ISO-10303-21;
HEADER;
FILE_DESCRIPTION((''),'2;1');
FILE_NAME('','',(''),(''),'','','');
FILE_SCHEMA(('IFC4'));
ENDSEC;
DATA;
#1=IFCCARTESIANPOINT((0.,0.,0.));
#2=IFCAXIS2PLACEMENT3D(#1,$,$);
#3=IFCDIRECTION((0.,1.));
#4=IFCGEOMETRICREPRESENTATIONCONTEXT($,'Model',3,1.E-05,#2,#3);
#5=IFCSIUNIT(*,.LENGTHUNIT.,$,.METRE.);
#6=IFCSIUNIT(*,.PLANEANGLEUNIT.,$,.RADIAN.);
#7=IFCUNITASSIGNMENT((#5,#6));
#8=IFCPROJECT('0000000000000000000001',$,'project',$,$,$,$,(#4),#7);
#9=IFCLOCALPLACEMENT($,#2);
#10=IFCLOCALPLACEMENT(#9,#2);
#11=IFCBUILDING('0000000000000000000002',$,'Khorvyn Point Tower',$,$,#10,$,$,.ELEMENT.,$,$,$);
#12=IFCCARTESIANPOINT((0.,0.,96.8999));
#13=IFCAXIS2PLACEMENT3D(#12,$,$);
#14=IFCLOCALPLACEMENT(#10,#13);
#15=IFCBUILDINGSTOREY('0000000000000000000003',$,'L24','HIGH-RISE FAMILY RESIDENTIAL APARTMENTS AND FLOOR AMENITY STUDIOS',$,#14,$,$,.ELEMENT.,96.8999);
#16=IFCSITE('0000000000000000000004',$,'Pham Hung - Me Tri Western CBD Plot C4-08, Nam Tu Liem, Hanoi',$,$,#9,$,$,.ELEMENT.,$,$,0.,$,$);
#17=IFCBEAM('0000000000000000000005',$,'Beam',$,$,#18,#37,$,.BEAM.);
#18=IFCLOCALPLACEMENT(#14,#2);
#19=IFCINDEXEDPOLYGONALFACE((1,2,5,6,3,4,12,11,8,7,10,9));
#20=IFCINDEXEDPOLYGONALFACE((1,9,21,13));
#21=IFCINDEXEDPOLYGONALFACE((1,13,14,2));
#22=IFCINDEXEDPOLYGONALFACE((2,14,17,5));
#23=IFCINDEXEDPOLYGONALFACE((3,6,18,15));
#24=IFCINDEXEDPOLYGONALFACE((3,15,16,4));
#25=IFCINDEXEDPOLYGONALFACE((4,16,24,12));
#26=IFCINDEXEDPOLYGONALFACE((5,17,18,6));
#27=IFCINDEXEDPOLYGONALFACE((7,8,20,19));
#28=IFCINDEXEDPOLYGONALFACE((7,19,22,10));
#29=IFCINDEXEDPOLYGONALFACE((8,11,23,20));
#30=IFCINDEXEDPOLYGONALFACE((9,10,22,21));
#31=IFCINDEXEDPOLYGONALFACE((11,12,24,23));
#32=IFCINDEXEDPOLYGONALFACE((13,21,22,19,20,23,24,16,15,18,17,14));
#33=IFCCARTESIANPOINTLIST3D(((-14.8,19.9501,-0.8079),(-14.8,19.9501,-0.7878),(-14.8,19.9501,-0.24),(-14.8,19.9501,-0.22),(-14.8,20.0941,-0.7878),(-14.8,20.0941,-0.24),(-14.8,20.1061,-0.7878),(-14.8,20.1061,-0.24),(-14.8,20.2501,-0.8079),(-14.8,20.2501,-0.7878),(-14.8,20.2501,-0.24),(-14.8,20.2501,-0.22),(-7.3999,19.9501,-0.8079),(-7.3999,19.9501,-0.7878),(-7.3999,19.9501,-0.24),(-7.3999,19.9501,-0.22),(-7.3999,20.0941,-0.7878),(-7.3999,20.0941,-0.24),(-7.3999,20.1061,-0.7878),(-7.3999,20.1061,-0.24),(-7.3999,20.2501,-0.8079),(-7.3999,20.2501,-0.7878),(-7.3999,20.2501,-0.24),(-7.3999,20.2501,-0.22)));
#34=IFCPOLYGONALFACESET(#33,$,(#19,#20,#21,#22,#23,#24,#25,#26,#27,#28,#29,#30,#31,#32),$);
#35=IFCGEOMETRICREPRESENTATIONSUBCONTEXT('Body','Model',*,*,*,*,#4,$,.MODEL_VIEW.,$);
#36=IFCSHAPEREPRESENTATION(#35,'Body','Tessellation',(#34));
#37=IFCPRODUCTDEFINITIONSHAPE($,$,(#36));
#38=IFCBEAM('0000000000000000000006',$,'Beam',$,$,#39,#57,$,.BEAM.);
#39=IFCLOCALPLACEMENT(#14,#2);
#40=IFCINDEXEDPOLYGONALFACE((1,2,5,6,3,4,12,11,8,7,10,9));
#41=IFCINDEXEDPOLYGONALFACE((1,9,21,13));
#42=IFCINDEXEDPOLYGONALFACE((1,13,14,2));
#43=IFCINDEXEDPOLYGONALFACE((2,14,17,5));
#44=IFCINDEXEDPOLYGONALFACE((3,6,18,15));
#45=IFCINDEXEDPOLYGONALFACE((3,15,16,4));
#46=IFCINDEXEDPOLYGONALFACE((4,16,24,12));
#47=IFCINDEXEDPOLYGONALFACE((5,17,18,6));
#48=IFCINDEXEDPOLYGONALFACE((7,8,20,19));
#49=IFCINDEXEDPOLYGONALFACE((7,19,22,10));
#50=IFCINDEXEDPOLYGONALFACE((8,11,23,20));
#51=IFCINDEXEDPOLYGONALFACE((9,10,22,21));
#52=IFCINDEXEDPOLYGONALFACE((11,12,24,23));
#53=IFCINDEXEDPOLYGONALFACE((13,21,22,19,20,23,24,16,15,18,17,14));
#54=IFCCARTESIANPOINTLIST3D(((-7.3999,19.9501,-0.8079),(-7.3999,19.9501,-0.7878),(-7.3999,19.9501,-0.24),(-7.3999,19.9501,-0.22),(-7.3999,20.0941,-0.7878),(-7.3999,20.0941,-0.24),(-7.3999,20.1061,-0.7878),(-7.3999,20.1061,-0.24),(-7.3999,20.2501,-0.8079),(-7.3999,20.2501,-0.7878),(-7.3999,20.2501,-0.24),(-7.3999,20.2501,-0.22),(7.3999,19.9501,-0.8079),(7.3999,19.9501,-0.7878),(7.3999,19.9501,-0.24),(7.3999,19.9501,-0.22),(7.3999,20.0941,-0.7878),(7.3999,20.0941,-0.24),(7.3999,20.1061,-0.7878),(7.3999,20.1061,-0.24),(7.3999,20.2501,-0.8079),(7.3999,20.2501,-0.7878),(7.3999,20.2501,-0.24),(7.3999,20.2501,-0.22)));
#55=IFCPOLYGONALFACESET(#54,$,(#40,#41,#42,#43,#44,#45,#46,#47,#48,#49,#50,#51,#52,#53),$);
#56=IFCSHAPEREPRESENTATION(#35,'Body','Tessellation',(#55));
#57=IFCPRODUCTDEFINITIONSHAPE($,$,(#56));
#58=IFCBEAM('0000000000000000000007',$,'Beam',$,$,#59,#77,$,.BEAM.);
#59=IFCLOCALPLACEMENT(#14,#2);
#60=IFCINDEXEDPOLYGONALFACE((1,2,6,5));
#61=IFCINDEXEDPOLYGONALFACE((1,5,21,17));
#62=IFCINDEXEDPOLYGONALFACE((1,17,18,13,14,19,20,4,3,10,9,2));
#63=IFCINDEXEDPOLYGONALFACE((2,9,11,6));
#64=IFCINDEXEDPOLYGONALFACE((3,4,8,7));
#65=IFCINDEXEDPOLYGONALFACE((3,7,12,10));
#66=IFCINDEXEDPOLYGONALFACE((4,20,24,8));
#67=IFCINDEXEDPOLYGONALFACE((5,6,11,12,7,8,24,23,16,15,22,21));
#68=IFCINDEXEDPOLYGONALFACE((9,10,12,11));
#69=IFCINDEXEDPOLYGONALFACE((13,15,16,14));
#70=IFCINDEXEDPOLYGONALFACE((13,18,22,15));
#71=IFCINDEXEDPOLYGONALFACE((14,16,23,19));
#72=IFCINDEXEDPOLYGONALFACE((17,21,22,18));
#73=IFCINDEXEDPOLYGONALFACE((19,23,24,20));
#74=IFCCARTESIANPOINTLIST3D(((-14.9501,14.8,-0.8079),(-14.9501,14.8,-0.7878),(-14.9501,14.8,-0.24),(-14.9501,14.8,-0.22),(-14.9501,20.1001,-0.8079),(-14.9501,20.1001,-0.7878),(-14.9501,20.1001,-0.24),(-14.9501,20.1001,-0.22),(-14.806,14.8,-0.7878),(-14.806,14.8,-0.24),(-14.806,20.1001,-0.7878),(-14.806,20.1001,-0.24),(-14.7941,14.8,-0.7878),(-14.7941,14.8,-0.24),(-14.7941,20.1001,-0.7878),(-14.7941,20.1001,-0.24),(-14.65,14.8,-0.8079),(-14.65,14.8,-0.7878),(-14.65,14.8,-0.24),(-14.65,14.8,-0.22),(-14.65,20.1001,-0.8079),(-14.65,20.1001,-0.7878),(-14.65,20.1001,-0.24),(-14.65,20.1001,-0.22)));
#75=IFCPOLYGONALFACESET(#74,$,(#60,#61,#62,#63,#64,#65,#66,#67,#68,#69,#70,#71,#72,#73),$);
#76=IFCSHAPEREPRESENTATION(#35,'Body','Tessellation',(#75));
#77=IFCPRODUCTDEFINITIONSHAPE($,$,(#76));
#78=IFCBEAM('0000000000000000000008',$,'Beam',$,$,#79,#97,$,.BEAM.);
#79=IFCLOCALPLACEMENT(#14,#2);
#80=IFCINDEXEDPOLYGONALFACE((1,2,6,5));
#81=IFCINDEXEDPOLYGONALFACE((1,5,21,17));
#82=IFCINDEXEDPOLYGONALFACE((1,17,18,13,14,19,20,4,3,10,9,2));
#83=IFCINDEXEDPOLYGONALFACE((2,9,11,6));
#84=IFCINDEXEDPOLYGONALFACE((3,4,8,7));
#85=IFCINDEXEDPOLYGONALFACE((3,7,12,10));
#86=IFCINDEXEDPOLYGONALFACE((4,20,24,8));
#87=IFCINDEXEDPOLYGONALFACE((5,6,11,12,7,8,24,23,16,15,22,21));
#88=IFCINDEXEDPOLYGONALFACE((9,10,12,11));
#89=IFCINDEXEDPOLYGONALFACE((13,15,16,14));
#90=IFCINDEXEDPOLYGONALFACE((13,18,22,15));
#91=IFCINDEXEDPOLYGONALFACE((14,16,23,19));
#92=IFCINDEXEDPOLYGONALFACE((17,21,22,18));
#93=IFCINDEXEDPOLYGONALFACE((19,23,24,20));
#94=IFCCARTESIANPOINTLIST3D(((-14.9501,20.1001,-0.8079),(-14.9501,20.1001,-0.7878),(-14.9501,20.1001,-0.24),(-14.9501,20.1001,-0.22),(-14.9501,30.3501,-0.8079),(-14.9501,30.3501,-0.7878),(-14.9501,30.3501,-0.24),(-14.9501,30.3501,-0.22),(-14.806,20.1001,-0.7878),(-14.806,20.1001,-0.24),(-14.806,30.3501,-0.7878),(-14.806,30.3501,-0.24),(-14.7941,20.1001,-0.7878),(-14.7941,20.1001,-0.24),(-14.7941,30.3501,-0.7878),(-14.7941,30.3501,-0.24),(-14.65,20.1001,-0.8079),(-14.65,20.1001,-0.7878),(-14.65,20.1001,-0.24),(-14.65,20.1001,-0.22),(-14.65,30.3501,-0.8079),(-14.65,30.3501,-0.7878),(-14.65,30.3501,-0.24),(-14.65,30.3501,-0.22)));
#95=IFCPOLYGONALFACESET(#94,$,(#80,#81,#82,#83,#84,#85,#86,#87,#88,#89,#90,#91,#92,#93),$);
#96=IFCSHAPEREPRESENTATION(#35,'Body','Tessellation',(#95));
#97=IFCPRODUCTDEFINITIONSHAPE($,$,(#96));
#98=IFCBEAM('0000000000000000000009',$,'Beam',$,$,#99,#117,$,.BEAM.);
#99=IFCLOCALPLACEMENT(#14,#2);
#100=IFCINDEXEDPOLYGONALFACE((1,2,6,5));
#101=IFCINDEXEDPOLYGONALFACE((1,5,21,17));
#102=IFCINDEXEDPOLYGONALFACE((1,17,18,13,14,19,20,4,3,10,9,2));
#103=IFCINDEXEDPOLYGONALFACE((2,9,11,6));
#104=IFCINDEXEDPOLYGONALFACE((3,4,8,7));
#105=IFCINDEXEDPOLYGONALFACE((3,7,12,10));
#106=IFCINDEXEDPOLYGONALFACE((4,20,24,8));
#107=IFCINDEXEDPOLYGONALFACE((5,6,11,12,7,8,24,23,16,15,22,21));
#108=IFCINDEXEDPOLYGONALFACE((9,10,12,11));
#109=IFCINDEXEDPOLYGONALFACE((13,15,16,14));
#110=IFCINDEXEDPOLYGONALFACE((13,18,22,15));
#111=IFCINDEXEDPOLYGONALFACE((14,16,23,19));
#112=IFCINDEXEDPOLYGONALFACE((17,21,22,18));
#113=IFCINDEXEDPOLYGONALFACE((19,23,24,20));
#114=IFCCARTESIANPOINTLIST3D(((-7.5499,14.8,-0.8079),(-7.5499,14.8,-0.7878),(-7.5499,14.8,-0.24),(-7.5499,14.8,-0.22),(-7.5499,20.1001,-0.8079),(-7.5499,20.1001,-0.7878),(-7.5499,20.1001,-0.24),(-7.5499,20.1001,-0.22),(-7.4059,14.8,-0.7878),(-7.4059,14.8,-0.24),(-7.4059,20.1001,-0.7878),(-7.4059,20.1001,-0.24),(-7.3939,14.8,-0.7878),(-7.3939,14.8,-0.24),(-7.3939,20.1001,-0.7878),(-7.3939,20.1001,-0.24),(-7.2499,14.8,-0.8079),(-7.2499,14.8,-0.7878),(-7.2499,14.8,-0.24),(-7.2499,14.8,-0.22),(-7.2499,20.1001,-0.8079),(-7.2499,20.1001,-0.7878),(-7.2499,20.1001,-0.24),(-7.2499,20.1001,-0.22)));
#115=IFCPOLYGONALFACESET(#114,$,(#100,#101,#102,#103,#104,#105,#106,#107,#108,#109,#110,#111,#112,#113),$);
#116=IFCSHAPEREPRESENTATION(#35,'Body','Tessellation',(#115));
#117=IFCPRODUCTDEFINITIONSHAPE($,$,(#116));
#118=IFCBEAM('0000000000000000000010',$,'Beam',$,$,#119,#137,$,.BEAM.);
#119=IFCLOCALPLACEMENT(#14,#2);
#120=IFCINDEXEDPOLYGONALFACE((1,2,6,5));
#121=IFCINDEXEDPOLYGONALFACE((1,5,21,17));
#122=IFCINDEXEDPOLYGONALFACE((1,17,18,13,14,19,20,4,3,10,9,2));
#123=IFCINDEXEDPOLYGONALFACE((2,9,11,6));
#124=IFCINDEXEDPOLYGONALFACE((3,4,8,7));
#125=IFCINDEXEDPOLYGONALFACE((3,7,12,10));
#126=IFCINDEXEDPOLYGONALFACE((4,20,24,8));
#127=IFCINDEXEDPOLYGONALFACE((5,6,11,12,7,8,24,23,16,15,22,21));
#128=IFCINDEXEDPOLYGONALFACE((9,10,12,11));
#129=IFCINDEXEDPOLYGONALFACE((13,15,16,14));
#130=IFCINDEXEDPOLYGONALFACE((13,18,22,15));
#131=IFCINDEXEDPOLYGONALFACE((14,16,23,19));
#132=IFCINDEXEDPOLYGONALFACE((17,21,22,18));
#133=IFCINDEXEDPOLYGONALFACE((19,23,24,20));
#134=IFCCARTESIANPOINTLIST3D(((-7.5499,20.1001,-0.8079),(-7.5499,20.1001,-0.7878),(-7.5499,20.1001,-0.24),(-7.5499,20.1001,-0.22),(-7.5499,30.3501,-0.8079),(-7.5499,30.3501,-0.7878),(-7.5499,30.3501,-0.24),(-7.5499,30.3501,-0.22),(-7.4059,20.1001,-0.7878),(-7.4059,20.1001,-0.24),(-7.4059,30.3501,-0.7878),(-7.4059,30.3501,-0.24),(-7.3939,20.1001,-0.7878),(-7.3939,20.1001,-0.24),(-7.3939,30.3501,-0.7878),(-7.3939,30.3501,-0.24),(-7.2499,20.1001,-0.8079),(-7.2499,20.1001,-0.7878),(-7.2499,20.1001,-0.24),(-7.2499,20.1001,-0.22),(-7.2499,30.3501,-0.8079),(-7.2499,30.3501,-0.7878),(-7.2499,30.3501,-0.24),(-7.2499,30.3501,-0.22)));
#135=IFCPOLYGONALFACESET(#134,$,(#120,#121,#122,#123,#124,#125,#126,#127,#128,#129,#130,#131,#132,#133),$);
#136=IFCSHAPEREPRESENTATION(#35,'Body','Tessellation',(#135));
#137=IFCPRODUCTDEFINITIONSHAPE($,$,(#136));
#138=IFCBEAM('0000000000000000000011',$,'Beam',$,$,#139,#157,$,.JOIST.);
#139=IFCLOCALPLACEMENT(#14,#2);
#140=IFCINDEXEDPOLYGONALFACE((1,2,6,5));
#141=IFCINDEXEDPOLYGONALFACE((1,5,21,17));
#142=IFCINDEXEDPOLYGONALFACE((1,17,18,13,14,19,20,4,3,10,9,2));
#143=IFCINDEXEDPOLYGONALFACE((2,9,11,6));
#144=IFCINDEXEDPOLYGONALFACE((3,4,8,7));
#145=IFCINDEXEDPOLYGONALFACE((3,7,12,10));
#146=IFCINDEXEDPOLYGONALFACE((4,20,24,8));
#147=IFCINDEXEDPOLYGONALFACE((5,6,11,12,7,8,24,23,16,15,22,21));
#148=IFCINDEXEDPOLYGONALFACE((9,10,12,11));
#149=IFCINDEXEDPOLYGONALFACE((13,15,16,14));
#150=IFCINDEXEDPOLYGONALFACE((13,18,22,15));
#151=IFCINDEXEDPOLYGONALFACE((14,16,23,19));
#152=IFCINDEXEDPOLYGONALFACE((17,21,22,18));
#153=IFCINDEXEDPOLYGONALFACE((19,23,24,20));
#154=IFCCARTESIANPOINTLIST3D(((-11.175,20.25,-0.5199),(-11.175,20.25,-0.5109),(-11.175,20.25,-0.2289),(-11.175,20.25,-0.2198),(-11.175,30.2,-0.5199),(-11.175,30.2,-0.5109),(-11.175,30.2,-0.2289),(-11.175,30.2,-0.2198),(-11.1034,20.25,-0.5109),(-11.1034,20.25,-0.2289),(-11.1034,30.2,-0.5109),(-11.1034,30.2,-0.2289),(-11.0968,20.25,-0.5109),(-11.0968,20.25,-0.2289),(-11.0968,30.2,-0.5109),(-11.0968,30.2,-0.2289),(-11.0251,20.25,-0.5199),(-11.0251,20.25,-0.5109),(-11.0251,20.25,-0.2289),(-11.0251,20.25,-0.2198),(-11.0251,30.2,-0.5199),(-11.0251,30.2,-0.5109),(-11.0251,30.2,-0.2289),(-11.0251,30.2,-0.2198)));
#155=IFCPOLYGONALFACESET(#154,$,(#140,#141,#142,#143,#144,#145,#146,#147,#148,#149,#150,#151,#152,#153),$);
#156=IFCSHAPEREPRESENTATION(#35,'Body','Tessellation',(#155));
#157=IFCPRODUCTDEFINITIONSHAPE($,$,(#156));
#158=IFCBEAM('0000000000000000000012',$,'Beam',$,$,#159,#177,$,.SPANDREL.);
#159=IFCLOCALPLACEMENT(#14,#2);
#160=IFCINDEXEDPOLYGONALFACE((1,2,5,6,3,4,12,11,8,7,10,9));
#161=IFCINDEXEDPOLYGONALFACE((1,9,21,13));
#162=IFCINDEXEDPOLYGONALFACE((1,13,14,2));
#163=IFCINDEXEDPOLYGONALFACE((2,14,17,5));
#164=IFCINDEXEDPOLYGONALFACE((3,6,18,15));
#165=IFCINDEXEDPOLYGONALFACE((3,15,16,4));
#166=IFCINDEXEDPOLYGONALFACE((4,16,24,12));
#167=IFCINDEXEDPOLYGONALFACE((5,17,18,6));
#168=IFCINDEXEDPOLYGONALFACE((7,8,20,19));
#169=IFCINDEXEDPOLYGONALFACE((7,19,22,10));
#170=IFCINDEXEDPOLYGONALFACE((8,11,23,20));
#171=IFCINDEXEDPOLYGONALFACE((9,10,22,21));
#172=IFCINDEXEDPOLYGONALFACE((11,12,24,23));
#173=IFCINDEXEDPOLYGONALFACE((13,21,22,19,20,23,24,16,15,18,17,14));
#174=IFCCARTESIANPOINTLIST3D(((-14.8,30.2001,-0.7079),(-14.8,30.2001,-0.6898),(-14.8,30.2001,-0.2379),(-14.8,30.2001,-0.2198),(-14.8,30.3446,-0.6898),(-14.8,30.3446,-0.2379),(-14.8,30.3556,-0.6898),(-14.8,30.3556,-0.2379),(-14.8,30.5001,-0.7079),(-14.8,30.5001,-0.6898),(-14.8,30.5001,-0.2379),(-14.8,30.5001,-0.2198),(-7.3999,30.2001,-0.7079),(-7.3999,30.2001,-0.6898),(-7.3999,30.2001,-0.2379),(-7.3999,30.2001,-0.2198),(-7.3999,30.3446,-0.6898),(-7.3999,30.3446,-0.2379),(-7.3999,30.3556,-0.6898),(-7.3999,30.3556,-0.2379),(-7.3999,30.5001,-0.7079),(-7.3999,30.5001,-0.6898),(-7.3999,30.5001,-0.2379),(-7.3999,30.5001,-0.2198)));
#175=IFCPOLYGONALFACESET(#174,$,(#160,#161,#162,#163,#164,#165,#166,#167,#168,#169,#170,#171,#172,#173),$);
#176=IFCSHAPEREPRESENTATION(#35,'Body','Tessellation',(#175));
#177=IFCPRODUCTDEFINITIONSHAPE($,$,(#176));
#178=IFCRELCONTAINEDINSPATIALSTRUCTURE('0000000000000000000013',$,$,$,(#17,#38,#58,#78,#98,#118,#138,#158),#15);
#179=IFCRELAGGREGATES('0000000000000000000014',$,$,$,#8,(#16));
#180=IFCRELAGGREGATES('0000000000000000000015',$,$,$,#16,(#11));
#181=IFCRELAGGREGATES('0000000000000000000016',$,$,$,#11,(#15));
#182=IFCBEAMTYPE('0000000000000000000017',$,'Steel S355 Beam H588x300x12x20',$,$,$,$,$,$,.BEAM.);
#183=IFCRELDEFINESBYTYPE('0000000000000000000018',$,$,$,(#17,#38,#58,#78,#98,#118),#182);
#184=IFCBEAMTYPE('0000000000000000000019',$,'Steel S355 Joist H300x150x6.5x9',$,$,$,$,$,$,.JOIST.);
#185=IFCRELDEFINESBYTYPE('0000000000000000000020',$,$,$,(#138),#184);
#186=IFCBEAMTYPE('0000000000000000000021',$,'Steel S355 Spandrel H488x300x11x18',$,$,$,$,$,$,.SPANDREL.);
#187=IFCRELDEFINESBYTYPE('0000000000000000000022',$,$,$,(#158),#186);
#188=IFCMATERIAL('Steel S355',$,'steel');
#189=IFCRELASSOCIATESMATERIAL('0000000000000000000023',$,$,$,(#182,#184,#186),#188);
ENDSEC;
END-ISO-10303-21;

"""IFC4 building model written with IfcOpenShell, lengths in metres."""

from ifc_helpers import new_model, si_unit, direction, frame, origin, origin_2d, place, context, subcontext, project, spatial, i_section, extrude, material, material_profile, profile_set, type_object, element, save


model = new_model("IFC4")

# Units and contexts
model_context = context("Model", 3, precision=1e-05, world=origin(), true_north=direction((0.0, 1.0)))
body_context = subcontext(model_context, "Body", "Model", "MODEL_VIEW")
ifc_project = project(units=[si_unit("LENGTHUNIT", "METRE"), si_unit("PLANEANGLEUNIT", "RADIAN")], contexts=[model_context])

# Site, building, storey
site_placement = place(None, origin())
site = spatial("IfcSite", under=ifc_project, at=site_placement, Name="Pham Hung - Me Tri Western CBD Plot C4-08, Nam Tu Liem, Hanoi", CompositionType="ELEMENT", RefElevation=0.0)
building_placement = place(site_placement, origin())
building = spatial("IfcBuilding", under=site, at=building_placement, Name="Khorvyn Point Tower", CompositionType="ELEMENT")
storey_placement = place(building_placement, frame((0.0, 0.0, 96.8999)))
storey = spatial("IfcBuildingStorey", under=building, at=storey_placement, Name="L24", Description="HIGH-RISE FAMILY RESIDENTIAL APARTMENTS AND FLOOR AMENITY STUDIOS", CompositionType="ELEMENT", Elevation=96.8999)

# Beams
ifc_material_1 = material(Name="Steel S355", Category="steel")
ifc_material_profile_1 = material_profile(ifc_material_1, i_section(OverallWidth=0.3, OverallDepth=0.5879, WebThickness=0.012, FlangeThickness=0.02, at=origin_2d()))
ifc_profile_set_1 = profile_set([ifc_material_profile_1], Name="Steel S355 H588x300x12x20")
beam_type_1 = type_object("IfcBeamType", Name="Steel S355 Beam H588x300x12x20", PredefinedType="BEAM", material=ifc_profile_set_1)
beam_1_placement = place(storey_placement, frame((-14.8, 20.1001, -0.5139), z_axis=(1.0, 0.0, 0.0), x_axis=(0.0, 1.0, 0.0)))
element("IfcBeam", 1, at=beam_1_placement, inside=storey, type_object=beam_type_1, Name="Beam", PredefinedType="BEAM", context=body_context, shape_type="SweptSolid", body=[
    extrude(i_section(OverallWidth=0.3, OverallDepth=0.5879, WebThickness=0.012, FlangeThickness=0.02, at=origin_2d()), origin(), (0.0, 0.0, 1.0), 7.4001),
])
beam_2_placement = place(storey_placement, frame((-7.3999, 20.1001, -0.5139), z_axis=(1.0, 0.0, 0.0), x_axis=(0.0, 1.0, 0.0)))
element("IfcBeam", 2, at=beam_2_placement, inside=storey, type_object=beam_type_1, Name="Beam", PredefinedType="BEAM", context=body_context, shape_type="SweptSolid", body=[
    extrude(i_section(OverallWidth=0.3, OverallDepth=0.5879, WebThickness=0.012, FlangeThickness=0.02, at=origin_2d()), origin(), (0.0, 0.0, 1.0), 14.7998),
])
beam_3_placement = place(storey_placement, frame((-14.8, 14.8, -0.5139), z_axis=(0.0, 1.0, 0.0), x_axis=(-1.0, 0.0, 0.0)))
element("IfcBeam", 3, at=beam_3_placement, inside=storey, type_object=beam_type_1, Name="Beam", PredefinedType="BEAM", context=body_context, shape_type="SweptSolid", body=[
    extrude(i_section(OverallWidth=0.3, OverallDepth=0.5879, WebThickness=0.012, FlangeThickness=0.02, at=origin_2d()), origin(), (0.0, 0.0, 1.0), 5.3),
])
beam_4_placement = place(storey_placement, frame((-14.8, 20.1001, -0.5139), z_axis=(0.0, 1.0, 0.0), x_axis=(-1.0, 0.0, 0.0)))
element("IfcBeam", 4, at=beam_4_placement, inside=storey, type_object=beam_type_1, Name="Beam", PredefinedType="BEAM", context=body_context, shape_type="SweptSolid", body=[
    extrude(i_section(OverallWidth=0.3, OverallDepth=0.5879, WebThickness=0.012, FlangeThickness=0.02, at=origin_2d()), origin(), (0.0, 0.0, 1.0), 10.25),
])
beam_5_placement = place(storey_placement, frame((-7.3999, 14.8, -0.5139), z_axis=(0.0, 1.0, 0.0), x_axis=(-1.0, 0.0, 0.0)))
element("IfcBeam", 5, at=beam_5_placement, inside=storey, type_object=beam_type_1, Name="Beam", PredefinedType="BEAM", context=body_context, shape_type="SweptSolid", body=[
    extrude(i_section(OverallWidth=0.3, OverallDepth=0.5879, WebThickness=0.012, FlangeThickness=0.02, at=origin_2d()), origin(), (0.0, 0.0, 1.0), 5.3),
])
beam_6_placement = place(storey_placement, frame((-7.3999, 20.1001, -0.5139), z_axis=(0.0, 1.0, 0.0), x_axis=(-1.0, 0.0, 0.0)))
element("IfcBeam", 6, at=beam_6_placement, inside=storey, type_object=beam_type_1, Name="Beam", PredefinedType="BEAM", context=body_context, shape_type="SweptSolid", body=[
    extrude(i_section(OverallWidth=0.3, OverallDepth=0.5879, WebThickness=0.012, FlangeThickness=0.02, at=origin_2d()), origin(), (0.0, 0.0, 1.0), 10.25),
])
ifc_material_profile_2 = material_profile(ifc_material_1, i_section(OverallWidth=0.1499, OverallDepth=0.3, WebThickness=0.0066, FlangeThickness=0.009, at=origin_2d()))
ifc_profile_set_2 = profile_set([ifc_material_profile_2], Name="Steel S355 H300x150x6.5x9")
beam_type_2 = type_object("IfcBeamType", Name="Steel S355 Joist H300x150x6.5x9", PredefinedType="JOIST", material=ifc_profile_set_2)
beam_7_placement = place(storey_placement, frame((-11.1001, 20.25, -0.3699), z_axis=(0.0, 1.0, 0.0), x_axis=(-1.0, 0.0, 0.0)))
element("IfcBeam", 7, at=beam_7_placement, inside=storey, type_object=beam_type_2, Name="Beam", PredefinedType="JOIST", context=body_context, shape_type="SweptSolid", body=[
    extrude(i_section(OverallWidth=0.1499, OverallDepth=0.3, WebThickness=0.0066, FlangeThickness=0.009, at=origin_2d()), origin(), (0.0, 0.0, 1.0), 9.95),
])
ifc_material_profile_3 = material_profile(ifc_material_1, i_section(OverallWidth=0.3, OverallDepth=0.488, WebThickness=0.011, FlangeThickness=0.0181, at=origin_2d()))
ifc_profile_set_3 = profile_set([ifc_material_profile_3], Name="Steel S355 H488x300x11x18")
beam_type_3 = type_object("IfcBeamType", Name="Steel S355 Spandrel H488x300x11x18", PredefinedType="SPANDREL", material=ifc_profile_set_3)
beam_8_placement = place(storey_placement, frame((-14.8, 30.3501, -0.4639), z_axis=(1.0, 0.0, 0.0), x_axis=(0.0, 1.0, 0.0)))
element("IfcBeam", 8, at=beam_8_placement, inside=storey, type_object=beam_type_3, Name="Beam", PredefinedType="SPANDREL", context=body_context, shape_type="SweptSolid", body=[
    extrude(i_section(OverallWidth=0.3, OverallDepth=0.488, WebThickness=0.011, FlangeThickness=0.0181, at=origin_2d()), origin(), (0.0, 0.0, 1.0), 7.4001),
])

save(model, "model.ifc")
